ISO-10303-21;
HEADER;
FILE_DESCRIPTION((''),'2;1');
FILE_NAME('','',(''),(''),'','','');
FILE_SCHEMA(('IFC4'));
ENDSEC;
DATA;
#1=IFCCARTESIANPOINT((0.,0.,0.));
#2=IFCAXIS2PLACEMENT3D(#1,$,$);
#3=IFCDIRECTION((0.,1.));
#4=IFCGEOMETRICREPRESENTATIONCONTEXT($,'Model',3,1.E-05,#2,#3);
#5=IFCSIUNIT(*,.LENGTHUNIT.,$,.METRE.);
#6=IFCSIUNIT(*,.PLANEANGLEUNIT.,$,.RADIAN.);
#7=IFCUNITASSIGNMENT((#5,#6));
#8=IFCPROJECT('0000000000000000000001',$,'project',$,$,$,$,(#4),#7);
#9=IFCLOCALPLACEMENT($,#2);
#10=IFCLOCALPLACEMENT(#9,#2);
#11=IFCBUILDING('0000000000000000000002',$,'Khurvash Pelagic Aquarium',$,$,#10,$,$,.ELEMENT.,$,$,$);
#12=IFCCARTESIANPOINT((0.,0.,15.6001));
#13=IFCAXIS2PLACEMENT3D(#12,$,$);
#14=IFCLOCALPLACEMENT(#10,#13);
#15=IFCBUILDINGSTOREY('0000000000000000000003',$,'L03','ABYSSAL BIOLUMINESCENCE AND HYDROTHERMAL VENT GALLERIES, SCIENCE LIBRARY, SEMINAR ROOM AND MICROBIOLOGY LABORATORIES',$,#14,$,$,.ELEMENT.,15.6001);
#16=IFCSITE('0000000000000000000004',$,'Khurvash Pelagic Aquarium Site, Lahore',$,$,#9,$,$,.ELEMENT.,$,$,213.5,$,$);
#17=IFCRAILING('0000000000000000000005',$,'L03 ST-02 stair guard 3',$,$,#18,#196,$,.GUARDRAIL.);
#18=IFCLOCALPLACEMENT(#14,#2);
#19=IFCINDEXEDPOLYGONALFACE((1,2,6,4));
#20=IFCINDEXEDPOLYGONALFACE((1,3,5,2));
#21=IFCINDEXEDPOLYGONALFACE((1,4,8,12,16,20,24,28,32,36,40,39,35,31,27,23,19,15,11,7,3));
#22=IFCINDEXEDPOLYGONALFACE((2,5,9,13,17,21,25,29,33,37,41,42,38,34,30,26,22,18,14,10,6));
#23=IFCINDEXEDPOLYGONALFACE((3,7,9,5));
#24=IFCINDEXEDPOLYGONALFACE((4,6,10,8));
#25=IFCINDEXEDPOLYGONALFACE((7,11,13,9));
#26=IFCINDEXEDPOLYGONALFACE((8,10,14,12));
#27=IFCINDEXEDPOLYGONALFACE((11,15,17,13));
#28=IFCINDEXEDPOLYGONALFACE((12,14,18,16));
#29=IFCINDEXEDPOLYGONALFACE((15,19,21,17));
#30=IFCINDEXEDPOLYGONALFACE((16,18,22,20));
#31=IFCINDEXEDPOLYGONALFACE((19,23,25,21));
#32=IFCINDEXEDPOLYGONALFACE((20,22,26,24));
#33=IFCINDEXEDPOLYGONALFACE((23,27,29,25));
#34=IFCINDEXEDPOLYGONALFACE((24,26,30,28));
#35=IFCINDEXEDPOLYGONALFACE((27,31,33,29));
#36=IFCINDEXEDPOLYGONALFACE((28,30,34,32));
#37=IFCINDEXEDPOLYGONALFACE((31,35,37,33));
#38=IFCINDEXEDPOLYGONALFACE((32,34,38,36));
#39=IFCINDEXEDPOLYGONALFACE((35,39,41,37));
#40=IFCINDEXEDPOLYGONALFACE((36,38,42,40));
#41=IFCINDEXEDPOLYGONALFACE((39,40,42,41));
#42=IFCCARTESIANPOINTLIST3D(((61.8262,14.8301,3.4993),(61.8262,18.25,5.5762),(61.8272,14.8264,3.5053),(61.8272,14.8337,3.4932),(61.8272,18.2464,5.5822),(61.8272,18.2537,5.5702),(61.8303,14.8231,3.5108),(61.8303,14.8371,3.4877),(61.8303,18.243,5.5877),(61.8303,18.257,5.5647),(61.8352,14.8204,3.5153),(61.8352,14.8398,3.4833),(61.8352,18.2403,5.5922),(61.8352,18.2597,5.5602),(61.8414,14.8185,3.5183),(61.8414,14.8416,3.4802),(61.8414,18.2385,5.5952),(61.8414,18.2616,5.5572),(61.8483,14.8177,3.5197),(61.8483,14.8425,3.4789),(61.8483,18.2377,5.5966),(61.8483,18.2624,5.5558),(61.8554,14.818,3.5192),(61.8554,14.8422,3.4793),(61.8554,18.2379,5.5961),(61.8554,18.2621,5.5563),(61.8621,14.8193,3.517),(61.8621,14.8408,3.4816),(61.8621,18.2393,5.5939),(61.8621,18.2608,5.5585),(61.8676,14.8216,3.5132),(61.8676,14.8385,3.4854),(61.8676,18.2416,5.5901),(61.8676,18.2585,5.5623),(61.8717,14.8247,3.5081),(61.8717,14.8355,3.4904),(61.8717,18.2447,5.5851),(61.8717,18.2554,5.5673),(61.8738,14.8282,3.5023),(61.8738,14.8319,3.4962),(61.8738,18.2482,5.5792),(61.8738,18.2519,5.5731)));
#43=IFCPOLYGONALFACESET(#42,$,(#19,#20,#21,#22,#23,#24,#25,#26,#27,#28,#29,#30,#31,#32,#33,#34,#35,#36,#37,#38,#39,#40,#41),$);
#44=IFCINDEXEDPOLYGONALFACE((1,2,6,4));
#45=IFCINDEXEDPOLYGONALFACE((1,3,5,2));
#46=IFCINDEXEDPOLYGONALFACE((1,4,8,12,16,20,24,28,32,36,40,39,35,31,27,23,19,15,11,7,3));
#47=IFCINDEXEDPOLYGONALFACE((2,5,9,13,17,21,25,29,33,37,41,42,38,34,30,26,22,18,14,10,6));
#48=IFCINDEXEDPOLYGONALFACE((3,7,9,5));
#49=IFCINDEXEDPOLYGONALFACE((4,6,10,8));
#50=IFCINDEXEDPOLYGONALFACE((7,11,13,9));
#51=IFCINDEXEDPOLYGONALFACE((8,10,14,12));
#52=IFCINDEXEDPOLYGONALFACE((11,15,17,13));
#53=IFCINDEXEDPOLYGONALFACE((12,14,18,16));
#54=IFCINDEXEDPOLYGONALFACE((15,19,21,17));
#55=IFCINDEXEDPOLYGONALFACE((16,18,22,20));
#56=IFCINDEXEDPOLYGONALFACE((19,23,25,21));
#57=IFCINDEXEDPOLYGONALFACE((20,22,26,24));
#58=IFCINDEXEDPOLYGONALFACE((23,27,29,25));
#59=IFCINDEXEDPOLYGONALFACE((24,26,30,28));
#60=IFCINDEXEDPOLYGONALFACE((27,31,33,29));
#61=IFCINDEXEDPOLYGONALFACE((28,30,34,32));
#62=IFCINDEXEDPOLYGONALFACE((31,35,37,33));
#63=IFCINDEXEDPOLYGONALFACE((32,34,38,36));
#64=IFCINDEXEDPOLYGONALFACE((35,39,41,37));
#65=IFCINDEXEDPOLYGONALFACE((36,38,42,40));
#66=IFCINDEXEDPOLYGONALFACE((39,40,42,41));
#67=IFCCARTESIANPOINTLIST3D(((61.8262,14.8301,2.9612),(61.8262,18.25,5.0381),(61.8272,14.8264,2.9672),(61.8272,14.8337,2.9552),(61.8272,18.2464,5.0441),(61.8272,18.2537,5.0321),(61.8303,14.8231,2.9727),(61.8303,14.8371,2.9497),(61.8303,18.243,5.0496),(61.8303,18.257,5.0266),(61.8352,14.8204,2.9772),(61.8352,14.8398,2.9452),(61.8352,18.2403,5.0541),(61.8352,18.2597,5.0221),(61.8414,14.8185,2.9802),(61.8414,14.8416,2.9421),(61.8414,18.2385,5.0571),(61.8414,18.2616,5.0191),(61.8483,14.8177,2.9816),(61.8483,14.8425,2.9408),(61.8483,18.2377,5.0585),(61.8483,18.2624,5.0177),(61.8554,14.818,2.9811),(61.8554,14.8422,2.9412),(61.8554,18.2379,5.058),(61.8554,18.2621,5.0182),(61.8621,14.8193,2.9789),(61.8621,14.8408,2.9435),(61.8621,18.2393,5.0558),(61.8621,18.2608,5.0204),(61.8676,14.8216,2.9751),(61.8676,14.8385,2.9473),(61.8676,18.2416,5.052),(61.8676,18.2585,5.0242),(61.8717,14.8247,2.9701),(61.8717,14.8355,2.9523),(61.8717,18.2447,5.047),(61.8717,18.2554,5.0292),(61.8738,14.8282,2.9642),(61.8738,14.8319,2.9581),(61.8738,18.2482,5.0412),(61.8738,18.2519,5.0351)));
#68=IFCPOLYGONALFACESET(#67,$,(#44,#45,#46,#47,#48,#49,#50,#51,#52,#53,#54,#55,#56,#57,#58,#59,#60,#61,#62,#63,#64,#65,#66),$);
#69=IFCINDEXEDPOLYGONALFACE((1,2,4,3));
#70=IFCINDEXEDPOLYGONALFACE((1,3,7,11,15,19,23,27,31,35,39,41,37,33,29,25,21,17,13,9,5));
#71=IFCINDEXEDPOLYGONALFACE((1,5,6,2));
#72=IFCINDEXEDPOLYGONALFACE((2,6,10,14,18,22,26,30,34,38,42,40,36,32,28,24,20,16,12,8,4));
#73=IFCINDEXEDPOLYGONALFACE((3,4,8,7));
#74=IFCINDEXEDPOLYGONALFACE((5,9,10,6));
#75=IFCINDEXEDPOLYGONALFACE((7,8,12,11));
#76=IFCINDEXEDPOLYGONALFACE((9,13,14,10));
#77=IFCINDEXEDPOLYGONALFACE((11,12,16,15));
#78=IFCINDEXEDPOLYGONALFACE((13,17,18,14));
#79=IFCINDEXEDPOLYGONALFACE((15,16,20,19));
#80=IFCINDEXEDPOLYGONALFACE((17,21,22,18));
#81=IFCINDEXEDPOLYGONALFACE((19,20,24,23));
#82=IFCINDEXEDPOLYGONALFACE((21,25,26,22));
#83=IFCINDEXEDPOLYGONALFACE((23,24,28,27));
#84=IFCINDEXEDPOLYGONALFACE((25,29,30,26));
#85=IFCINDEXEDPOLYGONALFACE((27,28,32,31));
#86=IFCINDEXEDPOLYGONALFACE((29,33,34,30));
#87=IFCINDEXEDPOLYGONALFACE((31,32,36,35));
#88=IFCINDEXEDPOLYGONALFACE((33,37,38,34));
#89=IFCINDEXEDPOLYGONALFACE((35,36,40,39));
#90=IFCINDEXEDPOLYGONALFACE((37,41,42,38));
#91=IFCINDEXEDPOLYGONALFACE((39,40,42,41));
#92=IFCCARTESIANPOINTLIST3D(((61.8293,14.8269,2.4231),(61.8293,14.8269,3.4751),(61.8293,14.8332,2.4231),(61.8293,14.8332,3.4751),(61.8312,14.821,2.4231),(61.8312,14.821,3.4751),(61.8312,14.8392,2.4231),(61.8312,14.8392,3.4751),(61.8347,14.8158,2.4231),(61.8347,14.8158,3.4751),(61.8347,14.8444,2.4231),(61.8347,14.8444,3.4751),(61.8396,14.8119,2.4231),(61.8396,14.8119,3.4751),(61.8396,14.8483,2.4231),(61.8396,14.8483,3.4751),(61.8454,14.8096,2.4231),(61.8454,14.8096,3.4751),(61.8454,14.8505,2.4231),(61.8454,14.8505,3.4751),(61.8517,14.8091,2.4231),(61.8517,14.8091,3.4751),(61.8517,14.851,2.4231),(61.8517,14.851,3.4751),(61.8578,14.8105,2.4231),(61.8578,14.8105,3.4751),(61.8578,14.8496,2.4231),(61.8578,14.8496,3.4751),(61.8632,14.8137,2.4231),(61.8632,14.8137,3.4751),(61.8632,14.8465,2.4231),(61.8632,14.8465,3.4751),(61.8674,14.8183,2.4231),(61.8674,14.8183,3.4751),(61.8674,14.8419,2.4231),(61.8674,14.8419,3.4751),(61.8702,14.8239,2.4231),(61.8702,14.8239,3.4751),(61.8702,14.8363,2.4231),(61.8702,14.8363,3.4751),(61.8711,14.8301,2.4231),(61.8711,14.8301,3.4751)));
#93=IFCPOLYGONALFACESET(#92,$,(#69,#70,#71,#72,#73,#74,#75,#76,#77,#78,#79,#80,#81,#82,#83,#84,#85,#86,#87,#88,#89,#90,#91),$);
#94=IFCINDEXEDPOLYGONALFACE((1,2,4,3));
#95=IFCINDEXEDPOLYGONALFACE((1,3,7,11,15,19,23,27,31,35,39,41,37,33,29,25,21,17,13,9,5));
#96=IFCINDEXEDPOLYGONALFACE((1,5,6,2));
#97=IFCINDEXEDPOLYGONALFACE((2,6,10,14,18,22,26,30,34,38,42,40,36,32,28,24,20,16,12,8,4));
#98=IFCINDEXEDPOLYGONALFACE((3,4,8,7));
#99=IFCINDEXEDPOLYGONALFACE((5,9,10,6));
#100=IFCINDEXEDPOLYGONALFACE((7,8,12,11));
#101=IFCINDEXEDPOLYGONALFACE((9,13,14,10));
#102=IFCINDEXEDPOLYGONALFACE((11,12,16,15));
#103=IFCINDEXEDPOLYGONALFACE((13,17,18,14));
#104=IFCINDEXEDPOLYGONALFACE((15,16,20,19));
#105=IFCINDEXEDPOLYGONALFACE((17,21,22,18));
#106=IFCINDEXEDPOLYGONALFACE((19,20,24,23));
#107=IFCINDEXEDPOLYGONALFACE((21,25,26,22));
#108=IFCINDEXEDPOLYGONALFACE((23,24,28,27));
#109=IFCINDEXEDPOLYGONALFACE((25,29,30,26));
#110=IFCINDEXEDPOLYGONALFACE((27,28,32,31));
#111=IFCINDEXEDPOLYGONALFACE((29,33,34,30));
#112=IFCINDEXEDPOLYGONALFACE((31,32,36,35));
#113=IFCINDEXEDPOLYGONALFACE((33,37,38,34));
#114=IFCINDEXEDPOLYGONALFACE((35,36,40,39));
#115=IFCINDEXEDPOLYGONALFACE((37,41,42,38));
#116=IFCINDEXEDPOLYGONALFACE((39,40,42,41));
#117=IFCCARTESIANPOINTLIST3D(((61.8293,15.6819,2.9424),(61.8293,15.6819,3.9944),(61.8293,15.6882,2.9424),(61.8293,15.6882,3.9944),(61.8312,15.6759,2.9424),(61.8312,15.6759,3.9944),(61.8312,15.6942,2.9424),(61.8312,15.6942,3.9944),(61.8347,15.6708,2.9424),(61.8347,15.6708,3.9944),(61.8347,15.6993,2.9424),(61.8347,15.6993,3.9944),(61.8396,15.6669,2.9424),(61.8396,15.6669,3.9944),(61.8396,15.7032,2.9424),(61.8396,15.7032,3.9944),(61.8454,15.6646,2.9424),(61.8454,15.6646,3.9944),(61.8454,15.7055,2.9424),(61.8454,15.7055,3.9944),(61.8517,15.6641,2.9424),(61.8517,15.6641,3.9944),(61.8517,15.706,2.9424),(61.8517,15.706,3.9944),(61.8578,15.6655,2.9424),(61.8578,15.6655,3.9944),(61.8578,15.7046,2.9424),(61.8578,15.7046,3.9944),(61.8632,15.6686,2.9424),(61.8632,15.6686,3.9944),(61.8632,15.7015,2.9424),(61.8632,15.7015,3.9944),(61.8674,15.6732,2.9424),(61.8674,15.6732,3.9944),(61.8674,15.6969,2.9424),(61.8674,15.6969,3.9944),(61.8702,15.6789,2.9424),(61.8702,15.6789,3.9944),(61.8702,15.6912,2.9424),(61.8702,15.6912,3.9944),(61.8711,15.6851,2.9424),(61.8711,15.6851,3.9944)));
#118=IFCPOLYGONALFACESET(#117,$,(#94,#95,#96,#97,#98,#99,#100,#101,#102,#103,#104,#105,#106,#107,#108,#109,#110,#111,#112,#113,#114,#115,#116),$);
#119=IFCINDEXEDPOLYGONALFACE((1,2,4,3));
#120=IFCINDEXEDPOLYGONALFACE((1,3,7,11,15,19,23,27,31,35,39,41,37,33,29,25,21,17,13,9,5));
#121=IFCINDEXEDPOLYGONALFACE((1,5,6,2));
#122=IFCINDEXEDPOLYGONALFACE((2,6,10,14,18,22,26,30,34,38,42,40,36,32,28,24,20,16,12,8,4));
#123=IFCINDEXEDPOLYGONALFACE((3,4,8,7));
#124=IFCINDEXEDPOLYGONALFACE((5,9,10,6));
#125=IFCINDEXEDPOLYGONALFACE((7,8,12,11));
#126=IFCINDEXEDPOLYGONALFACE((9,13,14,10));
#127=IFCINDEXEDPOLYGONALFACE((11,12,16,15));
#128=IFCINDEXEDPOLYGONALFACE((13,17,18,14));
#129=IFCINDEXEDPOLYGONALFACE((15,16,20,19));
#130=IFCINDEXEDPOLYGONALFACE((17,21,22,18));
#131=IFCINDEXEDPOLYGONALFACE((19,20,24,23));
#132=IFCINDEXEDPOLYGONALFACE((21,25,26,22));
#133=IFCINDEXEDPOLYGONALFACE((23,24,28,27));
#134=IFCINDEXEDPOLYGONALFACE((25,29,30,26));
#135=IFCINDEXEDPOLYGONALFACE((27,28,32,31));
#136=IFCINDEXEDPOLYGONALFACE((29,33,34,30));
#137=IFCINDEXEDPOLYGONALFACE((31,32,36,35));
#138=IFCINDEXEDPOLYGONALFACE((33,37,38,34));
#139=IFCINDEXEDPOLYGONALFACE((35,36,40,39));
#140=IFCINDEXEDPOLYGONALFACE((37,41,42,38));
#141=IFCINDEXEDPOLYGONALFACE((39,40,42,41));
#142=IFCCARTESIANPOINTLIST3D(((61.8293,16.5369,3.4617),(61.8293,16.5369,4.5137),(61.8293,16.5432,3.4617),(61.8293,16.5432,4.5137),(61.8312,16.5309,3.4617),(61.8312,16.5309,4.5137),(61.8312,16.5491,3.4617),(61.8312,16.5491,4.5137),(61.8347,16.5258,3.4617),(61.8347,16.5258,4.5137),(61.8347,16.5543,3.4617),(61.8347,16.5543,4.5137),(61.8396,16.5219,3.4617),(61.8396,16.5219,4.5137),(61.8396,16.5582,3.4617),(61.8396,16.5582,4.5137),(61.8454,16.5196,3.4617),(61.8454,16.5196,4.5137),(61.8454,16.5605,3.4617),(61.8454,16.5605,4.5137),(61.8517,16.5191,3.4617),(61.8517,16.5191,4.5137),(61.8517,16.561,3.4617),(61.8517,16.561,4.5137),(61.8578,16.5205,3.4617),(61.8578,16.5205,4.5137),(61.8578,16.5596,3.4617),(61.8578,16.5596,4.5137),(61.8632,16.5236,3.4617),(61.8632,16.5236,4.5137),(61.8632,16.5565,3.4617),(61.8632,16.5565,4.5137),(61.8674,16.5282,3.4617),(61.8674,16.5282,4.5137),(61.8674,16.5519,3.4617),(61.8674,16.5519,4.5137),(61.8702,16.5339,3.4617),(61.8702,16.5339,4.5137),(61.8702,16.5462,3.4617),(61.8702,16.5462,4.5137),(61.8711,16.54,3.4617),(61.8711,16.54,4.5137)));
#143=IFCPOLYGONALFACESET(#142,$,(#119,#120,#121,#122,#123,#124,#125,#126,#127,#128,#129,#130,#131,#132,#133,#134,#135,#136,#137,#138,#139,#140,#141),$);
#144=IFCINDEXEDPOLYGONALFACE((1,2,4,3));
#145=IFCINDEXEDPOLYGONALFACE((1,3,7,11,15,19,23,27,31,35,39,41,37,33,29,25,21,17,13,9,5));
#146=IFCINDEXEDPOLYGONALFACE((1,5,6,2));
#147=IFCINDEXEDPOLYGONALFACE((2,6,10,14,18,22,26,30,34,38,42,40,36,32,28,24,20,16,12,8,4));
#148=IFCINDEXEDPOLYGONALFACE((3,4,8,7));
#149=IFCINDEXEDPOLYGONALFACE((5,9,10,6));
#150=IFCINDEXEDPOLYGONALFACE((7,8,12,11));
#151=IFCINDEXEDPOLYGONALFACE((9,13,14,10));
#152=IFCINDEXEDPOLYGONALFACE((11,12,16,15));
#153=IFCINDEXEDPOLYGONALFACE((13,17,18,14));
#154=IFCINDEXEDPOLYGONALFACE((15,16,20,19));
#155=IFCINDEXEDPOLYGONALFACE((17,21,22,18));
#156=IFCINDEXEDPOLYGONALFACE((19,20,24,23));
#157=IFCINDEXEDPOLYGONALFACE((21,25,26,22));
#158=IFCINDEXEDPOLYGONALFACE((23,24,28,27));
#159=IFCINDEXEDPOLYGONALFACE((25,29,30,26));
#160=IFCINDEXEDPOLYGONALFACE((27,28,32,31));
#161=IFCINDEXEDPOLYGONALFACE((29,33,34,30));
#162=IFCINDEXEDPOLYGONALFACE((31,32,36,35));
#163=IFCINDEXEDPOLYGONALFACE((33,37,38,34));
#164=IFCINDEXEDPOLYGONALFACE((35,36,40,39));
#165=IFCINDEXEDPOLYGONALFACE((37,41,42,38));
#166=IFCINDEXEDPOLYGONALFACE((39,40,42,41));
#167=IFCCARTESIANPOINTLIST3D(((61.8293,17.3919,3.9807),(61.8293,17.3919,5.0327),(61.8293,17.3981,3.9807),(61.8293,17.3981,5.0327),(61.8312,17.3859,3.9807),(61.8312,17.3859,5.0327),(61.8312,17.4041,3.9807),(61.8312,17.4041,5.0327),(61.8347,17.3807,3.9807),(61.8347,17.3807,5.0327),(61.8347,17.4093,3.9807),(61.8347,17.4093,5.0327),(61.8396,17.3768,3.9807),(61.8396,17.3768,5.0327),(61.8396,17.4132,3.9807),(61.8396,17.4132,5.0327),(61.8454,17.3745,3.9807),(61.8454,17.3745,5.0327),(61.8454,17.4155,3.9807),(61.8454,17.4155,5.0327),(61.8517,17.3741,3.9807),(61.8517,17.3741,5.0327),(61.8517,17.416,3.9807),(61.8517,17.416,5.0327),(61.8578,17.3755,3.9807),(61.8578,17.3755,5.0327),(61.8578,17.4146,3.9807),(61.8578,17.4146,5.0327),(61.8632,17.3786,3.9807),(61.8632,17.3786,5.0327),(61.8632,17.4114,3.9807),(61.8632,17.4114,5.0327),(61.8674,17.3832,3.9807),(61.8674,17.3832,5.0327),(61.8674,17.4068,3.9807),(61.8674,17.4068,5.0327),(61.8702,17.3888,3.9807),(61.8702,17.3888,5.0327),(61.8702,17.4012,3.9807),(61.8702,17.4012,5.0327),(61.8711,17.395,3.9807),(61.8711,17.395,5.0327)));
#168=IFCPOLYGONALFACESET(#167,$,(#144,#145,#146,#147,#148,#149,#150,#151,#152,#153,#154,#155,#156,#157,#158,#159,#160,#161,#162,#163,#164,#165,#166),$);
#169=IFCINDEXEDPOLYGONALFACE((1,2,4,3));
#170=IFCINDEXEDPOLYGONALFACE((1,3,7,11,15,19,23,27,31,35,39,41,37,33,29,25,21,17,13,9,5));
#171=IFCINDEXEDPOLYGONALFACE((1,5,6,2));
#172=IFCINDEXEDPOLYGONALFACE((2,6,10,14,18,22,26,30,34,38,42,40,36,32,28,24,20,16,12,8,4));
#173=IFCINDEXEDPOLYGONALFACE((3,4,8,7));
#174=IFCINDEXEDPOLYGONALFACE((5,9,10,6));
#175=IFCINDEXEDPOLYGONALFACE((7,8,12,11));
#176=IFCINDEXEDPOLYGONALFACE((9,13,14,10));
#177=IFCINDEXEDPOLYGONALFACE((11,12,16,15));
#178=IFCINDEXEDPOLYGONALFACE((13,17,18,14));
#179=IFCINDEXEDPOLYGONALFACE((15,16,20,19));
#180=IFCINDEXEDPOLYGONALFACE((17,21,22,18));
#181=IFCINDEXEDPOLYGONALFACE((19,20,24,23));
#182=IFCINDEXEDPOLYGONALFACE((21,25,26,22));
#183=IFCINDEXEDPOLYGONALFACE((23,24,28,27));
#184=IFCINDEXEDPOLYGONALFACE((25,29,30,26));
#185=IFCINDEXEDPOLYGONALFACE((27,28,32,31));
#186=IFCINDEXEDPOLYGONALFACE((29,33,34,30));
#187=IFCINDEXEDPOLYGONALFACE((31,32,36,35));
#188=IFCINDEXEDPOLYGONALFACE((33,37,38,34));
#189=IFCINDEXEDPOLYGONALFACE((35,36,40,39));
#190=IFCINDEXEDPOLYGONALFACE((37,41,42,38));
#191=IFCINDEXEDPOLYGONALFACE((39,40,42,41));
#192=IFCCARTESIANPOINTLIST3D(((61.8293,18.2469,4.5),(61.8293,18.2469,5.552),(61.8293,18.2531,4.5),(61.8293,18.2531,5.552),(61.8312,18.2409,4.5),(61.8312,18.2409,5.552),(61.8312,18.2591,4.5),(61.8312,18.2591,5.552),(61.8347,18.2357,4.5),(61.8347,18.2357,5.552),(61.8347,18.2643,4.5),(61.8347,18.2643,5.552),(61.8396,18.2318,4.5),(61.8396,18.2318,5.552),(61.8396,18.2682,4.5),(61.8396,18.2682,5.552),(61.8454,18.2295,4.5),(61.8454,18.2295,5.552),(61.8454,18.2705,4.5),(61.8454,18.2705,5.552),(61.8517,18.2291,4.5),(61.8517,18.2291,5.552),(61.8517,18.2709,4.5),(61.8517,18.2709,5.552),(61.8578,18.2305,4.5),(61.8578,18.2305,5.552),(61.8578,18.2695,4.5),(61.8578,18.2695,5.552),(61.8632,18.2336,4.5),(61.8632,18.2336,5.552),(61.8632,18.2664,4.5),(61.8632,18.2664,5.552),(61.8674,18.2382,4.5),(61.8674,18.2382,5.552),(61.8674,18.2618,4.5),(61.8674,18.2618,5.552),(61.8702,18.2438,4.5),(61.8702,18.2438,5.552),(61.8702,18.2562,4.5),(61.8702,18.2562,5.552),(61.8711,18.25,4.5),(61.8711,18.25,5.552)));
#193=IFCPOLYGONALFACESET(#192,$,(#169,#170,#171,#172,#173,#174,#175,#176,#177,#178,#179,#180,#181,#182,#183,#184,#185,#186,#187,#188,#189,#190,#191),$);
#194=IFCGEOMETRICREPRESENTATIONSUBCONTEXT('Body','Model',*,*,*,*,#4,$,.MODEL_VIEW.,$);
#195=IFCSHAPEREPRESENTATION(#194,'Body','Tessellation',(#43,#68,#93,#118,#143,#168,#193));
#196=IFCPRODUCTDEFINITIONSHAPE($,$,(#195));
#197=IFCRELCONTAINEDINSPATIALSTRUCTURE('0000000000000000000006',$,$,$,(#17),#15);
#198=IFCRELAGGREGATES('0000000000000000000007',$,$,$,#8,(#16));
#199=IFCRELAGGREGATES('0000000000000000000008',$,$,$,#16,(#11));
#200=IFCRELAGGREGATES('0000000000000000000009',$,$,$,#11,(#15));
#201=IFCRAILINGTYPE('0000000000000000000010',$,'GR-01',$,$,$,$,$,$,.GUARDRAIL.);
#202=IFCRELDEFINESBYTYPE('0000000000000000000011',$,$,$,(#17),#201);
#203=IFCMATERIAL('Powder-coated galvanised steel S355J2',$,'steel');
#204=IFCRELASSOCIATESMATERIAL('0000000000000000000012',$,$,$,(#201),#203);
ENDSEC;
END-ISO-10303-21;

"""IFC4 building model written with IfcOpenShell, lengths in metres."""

from ifc_helpers import new_model, si_unit, direction, frame, origin, origin_2d, place, context, subcontext, project, spatial, circle, extrude, material, type_object, element, save


model = new_model("IFC4")

# Units and contexts
model_context = context("Model", 3, precision=1e-05, world=origin(), true_north=direction((0.0, 1.0)))
body_context = subcontext(model_context, "Body", "Model", "MODEL_VIEW")
ifc_project = project(units=[si_unit("LENGTHUNIT", "METRE"), si_unit("PLANEANGLEUNIT", "RADIAN")], contexts=[model_context])

# Site, building, storey
site_placement = place(None, origin())
site = spatial("IfcSite", under=ifc_project, at=site_placement, Name="Khurvash Pelagic Aquarium Site, Lahore", CompositionType="ELEMENT", RefElevation=213.5)
building_placement = place(site_placement, origin())
building = spatial("IfcBuilding", under=site, at=building_placement, Name="Khurvash Pelagic Aquarium", CompositionType="ELEMENT")
storey_placement = place(building_placement, frame((0.0, 0.0, 15.6001)))
storey = spatial("IfcBuildingStorey", under=building, at=storey_placement, Name="L03", Description="ABYSSAL BIOLUMINESCENCE AND HYDROTHERMAL VENT GALLERIES, SCIENCE LIBRARY, SEMINAR ROOM AND MICROBIOLOGY LABORATORIES", CompositionType="ELEMENT", Elevation=15.6001)

# Railing
ifc_material_1 = material(Name="Powder-coated galvanised steel S355J2", Category="steel")
railing_type_1 = type_object("IfcRailingType", Name="GR-01", PredefinedType="GUARDRAIL", material=ifc_material_1)
railing_1_placement = place(storey_placement, frame((61.8501, 14.8301, 2.4231)))
element("IfcRailing", 1, at=railing_1_placement, inside=storey, type_object=railing_type_1, Name="L03 ST-02 stair guard 3", PredefinedType="GUARDRAIL", context=body_context, shape_type="SweptSolid", body=[
    extrude(circle(Radius=0.0239, at=origin_2d()), frame((0.0, 0.0, 1.0762), z_axis=(0.0, 0.85473, 0.519074), x_axis=(-1.0, 0.0, 0.0)), (0.0, 0.0, 1.0), 4.0012),
    extrude(circle(Radius=0.0239, at=origin_2d()), frame((0.0, 0.0, 0.5381), z_axis=(0.0, 0.85473, 0.519074), x_axis=(-1.0, 0.0, 0.0)), (0.0, 0.0, 1.0), 4.0012),
    extrude(circle(Radius=0.021, at=origin_2d()), origin(), (0.0, 0.0, 1.0), 1.052),
    extrude(circle(Radius=0.021, at=origin_2d()), frame((0.0, 0.855, 0.5193)), (0.0, 0.0, 1.0), 1.052),
    extrude(circle(Radius=0.021, at=origin_2d()), frame((0.0, 1.71, 1.0386)), (0.0, 0.0, 1.0), 1.052),
    extrude(circle(Radius=0.021, at=origin_2d()), frame((0.0, 2.5649, 1.5576)), (0.0, 0.0, 1.0), 1.052),
    extrude(circle(Radius=0.021, at=origin_2d()), frame((0.0, 3.4199, 2.0769)), (0.0, 0.0, 1.0), 1.052),
])

save(model, "model.ifc")
